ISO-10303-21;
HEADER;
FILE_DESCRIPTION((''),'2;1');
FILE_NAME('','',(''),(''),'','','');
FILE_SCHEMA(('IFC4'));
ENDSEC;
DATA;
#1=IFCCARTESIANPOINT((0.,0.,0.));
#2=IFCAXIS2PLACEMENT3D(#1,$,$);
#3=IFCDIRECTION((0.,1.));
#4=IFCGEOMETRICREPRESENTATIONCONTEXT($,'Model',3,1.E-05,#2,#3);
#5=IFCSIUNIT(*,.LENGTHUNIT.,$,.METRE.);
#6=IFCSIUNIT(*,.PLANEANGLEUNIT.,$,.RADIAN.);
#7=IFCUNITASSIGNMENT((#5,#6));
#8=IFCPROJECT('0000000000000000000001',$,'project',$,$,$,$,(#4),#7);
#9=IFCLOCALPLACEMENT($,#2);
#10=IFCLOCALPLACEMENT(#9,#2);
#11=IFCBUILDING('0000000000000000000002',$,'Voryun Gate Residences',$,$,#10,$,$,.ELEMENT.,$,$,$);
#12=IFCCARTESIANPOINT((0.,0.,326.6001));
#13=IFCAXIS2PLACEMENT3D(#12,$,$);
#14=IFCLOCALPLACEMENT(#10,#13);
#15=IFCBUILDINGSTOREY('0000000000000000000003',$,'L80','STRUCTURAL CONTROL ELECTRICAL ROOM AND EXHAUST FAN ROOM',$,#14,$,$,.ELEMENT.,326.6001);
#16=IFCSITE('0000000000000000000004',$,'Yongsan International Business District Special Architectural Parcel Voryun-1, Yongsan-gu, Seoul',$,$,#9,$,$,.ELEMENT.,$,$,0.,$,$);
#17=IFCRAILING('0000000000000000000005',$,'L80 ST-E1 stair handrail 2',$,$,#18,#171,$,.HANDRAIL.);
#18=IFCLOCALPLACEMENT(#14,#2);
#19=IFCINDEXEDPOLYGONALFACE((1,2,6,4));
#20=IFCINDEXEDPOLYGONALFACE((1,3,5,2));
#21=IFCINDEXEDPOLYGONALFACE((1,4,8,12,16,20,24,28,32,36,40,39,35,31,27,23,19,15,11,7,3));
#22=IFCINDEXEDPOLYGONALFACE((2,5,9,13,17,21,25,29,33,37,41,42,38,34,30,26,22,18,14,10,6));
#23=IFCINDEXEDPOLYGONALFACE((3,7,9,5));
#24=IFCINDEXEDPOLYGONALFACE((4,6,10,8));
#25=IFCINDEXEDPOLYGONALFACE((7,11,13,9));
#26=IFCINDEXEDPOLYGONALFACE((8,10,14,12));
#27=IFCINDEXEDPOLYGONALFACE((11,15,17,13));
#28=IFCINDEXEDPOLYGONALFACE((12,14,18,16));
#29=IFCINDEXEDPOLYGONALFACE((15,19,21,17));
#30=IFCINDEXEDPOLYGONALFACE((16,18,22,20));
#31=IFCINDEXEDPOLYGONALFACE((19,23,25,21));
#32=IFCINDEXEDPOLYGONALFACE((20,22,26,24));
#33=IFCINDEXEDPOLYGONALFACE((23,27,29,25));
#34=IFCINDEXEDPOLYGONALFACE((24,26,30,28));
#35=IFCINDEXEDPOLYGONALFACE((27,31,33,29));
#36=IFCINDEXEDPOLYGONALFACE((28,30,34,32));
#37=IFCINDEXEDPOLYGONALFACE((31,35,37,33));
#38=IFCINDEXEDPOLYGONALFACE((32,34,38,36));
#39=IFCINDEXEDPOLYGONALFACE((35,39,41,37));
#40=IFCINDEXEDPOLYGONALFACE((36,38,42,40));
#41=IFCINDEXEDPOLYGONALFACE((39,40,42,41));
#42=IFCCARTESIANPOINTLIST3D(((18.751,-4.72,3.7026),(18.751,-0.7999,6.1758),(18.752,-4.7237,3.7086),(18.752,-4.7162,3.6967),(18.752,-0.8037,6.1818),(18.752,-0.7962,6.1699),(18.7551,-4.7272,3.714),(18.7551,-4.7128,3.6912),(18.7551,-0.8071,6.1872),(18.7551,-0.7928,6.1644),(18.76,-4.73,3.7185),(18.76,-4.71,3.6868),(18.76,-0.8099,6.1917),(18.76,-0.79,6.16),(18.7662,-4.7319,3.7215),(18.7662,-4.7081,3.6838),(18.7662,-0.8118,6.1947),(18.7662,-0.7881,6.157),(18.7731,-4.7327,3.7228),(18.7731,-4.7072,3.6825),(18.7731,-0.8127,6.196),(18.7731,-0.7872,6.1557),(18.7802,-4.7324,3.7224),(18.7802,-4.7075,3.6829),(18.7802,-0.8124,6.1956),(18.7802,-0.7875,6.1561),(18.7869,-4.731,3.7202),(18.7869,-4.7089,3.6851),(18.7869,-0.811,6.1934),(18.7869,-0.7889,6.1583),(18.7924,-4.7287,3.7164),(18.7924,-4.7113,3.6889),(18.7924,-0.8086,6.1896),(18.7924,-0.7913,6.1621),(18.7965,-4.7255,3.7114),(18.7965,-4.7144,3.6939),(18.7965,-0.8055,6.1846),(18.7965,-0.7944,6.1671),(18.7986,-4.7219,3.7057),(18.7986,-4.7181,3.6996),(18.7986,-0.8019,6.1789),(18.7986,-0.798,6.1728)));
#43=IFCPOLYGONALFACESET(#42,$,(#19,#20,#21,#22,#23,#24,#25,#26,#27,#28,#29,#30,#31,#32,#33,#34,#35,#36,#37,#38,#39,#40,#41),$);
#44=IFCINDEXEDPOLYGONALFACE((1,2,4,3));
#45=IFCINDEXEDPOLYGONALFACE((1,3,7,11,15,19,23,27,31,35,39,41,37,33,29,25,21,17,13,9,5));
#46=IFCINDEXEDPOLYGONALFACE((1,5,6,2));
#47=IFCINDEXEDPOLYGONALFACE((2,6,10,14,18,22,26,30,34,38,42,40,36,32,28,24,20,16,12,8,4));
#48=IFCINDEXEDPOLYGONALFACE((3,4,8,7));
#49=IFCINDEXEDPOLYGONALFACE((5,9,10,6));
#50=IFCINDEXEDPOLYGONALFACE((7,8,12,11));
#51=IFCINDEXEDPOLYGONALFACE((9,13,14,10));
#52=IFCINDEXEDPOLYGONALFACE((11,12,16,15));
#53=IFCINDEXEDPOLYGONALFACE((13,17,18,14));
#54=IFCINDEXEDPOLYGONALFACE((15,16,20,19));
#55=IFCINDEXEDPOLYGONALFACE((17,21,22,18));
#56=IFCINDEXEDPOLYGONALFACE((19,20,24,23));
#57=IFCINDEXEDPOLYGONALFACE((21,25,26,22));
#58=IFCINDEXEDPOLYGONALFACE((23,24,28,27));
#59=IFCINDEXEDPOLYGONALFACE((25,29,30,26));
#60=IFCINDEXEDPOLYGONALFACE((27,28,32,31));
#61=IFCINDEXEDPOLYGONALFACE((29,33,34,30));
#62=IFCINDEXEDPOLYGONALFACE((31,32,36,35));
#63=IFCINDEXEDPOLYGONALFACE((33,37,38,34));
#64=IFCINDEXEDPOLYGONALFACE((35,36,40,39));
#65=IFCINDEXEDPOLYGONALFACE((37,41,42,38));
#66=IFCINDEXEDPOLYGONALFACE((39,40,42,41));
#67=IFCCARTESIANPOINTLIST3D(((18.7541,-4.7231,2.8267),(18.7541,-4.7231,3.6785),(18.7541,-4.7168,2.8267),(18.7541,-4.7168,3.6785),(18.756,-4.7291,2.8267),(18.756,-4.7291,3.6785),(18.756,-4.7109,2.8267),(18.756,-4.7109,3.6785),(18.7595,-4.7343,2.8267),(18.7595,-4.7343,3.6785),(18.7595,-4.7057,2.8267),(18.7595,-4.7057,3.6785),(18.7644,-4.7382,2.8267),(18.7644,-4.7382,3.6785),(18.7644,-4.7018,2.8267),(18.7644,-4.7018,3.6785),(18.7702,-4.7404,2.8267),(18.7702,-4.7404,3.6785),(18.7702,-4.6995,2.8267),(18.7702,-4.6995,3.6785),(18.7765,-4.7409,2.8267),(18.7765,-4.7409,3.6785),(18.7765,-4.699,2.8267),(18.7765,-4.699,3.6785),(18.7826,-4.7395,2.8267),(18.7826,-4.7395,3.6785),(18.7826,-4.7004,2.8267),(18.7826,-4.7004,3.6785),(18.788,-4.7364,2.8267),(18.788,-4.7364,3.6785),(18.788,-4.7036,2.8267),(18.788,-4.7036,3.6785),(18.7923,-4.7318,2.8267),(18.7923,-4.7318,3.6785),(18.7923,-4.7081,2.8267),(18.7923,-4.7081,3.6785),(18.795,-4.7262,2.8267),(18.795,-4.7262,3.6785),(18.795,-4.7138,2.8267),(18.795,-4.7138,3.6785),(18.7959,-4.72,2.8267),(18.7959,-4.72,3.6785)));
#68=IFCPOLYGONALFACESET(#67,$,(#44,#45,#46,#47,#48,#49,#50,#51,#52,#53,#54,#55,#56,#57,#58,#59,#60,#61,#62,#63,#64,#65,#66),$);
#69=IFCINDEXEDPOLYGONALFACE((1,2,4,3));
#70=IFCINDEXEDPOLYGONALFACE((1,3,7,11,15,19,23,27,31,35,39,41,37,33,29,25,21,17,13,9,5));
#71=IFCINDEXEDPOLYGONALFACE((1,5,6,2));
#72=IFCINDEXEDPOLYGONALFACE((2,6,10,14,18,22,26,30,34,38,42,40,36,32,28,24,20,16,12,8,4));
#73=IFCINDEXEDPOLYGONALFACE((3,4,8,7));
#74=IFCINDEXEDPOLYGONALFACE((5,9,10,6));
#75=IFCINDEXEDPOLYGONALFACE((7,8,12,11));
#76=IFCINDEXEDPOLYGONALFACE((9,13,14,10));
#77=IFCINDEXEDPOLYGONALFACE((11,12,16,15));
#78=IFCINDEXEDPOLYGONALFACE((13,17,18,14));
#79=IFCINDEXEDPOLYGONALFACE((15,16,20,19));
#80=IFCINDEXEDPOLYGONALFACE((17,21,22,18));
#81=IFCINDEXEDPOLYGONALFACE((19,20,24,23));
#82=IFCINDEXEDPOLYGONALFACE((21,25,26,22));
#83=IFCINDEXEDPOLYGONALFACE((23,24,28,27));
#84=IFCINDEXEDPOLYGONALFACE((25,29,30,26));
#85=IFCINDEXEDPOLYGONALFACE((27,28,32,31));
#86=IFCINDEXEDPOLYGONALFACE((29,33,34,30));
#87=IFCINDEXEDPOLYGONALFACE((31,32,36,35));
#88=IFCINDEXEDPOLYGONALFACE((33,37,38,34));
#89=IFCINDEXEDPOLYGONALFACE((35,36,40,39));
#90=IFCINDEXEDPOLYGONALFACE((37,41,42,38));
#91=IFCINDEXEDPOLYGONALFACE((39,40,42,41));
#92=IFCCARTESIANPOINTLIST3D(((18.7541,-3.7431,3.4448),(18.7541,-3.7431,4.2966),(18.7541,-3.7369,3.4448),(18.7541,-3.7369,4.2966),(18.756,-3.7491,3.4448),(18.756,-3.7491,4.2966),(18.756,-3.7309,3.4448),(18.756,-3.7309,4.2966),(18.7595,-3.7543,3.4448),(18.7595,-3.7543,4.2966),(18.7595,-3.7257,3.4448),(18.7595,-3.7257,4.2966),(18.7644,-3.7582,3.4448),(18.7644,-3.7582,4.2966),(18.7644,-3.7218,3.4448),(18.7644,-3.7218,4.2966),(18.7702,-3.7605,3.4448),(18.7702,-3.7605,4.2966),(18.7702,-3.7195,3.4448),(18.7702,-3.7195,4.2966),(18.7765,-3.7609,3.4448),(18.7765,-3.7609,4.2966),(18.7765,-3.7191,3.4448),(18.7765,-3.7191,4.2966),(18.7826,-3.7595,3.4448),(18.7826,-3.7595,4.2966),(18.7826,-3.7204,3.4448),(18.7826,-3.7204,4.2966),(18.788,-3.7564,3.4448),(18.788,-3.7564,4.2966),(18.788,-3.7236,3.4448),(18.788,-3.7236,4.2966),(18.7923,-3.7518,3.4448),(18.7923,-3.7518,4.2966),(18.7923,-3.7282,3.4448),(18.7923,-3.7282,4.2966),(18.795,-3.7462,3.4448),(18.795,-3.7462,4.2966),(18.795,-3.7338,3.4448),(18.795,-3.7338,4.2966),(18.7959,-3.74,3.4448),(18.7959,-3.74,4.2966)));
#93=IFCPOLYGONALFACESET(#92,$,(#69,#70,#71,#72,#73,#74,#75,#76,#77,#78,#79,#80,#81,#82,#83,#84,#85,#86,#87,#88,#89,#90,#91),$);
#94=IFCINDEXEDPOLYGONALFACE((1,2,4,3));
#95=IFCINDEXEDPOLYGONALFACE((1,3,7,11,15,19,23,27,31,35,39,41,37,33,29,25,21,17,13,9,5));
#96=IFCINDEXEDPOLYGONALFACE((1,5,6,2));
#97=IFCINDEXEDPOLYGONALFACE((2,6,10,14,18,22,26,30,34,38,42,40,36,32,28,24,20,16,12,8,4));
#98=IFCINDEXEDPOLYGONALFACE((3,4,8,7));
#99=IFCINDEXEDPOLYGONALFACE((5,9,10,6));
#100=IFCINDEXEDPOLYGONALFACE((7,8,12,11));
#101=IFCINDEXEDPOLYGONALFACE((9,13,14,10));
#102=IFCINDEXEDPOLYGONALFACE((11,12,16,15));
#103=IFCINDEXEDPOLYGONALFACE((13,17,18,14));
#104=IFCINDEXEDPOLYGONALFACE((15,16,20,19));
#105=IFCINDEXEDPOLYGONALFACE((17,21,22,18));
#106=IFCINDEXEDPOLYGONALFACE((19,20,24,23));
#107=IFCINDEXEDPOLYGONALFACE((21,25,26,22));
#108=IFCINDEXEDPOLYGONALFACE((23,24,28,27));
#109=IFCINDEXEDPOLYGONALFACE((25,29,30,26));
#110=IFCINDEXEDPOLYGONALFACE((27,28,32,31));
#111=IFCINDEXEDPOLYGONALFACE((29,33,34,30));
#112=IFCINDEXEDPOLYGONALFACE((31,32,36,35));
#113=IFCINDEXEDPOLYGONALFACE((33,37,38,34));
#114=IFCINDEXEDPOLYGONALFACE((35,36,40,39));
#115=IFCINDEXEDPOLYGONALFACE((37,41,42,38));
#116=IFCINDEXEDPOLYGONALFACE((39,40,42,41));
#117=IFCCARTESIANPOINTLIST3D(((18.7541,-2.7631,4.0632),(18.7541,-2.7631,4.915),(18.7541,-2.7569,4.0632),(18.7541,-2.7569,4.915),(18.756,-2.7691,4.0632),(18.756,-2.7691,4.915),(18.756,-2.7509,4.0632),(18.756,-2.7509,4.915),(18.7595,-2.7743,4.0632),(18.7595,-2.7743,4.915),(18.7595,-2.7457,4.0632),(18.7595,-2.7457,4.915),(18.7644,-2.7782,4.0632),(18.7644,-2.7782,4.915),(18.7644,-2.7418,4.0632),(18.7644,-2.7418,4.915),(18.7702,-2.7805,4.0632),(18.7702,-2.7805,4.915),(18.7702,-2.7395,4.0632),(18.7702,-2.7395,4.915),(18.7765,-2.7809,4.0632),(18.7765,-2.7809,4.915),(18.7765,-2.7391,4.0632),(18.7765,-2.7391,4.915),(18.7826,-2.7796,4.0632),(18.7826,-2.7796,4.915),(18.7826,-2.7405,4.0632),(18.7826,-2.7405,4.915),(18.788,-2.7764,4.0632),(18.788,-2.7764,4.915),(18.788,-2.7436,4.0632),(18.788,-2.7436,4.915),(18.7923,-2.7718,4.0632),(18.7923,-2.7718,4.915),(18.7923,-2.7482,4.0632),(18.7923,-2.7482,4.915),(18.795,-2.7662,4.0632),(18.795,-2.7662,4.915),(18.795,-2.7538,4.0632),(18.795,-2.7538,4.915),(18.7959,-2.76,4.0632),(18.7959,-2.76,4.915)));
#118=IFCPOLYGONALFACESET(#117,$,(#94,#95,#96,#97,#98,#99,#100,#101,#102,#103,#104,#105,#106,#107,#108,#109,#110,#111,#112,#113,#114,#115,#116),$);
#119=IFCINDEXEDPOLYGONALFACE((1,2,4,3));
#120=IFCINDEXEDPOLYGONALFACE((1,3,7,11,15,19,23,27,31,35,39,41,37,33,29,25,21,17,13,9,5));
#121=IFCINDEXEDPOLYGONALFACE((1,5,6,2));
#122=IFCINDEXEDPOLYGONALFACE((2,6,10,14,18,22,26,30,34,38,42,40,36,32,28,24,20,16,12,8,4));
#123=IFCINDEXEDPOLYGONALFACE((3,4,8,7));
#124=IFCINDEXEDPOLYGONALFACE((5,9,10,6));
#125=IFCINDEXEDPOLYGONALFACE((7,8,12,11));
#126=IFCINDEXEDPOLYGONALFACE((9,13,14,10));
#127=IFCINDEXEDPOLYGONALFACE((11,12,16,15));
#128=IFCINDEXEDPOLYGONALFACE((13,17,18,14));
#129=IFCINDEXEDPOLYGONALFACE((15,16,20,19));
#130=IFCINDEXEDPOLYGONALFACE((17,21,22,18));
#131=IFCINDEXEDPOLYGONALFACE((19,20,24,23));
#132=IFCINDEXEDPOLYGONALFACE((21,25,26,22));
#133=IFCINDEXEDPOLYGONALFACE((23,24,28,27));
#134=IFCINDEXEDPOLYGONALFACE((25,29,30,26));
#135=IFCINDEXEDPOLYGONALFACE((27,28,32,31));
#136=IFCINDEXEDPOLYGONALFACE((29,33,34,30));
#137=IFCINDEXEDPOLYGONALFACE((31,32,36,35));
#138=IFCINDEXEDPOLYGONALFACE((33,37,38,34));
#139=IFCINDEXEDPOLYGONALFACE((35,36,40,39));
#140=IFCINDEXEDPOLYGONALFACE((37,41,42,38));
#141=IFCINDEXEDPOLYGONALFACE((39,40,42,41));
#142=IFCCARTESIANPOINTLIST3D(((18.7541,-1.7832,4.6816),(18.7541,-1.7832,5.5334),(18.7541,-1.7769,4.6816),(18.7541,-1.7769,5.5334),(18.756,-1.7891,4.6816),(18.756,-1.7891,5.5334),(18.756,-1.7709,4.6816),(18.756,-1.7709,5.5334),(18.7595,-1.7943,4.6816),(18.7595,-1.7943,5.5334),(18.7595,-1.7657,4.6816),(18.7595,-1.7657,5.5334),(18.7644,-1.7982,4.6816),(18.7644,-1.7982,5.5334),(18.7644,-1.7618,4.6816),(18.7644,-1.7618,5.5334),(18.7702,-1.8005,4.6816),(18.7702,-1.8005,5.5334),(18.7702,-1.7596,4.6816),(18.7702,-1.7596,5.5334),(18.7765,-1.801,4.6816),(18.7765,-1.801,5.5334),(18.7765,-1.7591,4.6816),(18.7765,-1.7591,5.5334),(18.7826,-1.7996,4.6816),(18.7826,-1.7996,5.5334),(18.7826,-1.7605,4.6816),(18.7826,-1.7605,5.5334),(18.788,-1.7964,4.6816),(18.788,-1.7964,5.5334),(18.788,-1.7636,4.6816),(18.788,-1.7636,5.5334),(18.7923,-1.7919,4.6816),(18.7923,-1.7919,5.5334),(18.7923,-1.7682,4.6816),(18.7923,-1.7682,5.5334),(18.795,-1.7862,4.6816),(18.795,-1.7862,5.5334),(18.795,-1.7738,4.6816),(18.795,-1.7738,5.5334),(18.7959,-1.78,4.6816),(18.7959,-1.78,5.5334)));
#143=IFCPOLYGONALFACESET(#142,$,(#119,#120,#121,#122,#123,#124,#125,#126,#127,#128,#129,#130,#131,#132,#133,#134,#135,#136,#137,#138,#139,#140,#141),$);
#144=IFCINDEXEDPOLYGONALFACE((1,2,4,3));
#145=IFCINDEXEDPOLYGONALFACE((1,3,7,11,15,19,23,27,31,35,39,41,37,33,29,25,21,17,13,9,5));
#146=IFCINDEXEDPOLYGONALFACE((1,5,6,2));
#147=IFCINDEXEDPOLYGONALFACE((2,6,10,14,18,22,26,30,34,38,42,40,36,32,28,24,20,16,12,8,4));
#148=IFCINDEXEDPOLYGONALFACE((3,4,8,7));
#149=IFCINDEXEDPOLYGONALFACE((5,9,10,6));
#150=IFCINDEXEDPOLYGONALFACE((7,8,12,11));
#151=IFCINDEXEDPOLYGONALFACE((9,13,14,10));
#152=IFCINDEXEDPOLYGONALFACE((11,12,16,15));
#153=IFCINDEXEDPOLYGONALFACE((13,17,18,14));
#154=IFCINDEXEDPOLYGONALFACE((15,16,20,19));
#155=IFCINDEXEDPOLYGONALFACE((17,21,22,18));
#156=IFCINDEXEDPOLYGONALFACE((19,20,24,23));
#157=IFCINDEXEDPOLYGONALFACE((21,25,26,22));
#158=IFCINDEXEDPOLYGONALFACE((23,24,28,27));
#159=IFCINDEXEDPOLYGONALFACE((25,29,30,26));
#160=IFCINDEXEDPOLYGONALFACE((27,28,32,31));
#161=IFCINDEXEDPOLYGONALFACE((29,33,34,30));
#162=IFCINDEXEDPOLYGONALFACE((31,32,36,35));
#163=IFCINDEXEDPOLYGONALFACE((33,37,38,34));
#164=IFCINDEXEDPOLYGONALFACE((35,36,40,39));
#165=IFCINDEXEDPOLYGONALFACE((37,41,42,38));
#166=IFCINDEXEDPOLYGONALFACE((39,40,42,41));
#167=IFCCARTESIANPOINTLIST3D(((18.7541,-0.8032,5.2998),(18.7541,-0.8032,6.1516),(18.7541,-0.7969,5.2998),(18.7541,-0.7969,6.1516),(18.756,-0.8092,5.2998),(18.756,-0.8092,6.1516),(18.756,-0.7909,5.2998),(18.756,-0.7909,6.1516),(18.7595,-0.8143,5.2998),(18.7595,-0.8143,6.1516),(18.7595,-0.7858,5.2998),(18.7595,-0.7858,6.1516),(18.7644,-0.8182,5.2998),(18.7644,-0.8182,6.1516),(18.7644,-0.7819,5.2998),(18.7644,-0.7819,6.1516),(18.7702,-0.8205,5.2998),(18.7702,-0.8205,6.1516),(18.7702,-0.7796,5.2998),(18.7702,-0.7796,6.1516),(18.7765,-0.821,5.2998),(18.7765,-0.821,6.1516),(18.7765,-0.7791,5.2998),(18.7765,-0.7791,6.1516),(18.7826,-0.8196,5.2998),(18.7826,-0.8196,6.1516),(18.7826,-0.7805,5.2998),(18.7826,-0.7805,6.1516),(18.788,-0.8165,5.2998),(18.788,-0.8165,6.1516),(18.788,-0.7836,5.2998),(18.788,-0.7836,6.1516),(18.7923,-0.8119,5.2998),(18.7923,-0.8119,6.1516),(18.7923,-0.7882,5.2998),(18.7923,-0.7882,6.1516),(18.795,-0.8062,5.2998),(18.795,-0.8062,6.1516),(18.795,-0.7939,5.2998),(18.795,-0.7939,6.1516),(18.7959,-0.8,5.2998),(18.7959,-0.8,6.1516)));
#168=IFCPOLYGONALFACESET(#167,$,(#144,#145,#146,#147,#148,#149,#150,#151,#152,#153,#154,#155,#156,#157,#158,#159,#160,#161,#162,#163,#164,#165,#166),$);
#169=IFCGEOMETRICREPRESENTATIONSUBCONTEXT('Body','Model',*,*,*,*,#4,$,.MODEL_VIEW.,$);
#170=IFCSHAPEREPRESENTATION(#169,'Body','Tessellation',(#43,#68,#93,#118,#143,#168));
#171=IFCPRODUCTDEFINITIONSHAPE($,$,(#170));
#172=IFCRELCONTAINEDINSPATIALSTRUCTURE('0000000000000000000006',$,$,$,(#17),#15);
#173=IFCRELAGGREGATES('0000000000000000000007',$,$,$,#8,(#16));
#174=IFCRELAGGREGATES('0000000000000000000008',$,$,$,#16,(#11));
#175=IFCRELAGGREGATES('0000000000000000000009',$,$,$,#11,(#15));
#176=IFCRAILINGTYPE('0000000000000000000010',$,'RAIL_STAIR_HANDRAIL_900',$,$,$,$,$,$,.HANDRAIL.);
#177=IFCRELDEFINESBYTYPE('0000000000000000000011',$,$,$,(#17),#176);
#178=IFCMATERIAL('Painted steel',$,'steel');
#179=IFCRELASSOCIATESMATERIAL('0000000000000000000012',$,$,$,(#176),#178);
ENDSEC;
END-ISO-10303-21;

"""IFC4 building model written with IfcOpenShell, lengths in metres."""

from ifc_helpers import new_model, si_unit, direction, frame, origin, origin_2d, place, context, subcontext, project, spatial, circle, extrude, material, type_object, element, save


model = new_model("IFC4")

# Units and contexts
model_context = context("Model", 3, precision=1e-05, world=origin(), true_north=direction((0.0, 1.0)))
body_context = subcontext(model_context, "Body", "Model", "MODEL_VIEW")
ifc_project = project(units=[si_unit("LENGTHUNIT", "METRE"), si_unit("PLANEANGLEUNIT", "RADIAN")], contexts=[model_context])

# Site, building, storey
site_placement = place(None, origin())
site = spatial("IfcSite", under=ifc_project, at=site_placement, Name="Yongsan International Business District Special Architectural Parcel Voryun-1, Yongsan-gu, Seoul", CompositionType="ELEMENT", RefElevation=0.0)
building_placement = place(site_placement, origin())
building = spatial("IfcBuilding", under=site, at=building_placement, Name="Voryun Gate Residences", CompositionType="ELEMENT")
storey_placement = place(building_placement, frame((0.0, 0.0, 326.6001)))
storey = spatial("IfcBuildingStorey", under=building, at=storey_placement, Name="L80", Description="STRUCTURAL CONTROL ELECTRICAL ROOM AND EXHAUST FAN ROOM", CompositionType="ELEMENT", Elevation=326.6001)

# Railing
ifc_material_1 = material(Name="Painted steel", Category="steel")
railing_type_1 = type_object("IfcRailingType", Name="RAIL_STAIR_HANDRAIL_900", PredefinedType="HANDRAIL", material=ifc_material_1)
railing_1_placement = place(storey_placement, frame((18.7749, -4.72, 2.8267)))
element("IfcRailing", 1, at=railing_1_placement, inside=storey, type_object=railing_type_1, Name="L80 ST-E1 stair handrail 2", PredefinedType="HANDRAIL", context=body_context, shape_type="SweptSolid", body=[
    extrude(circle(Radius=0.0239, at=origin_2d()), frame((0.0, 0.0, 0.876), z_axis=(0.0, 0.845742, 0.533593), x_axis=(-1.0, 0.0, 0.0)), (0.0, 0.0, 1.0), 4.635),
    extrude(circle(Radius=0.021, at=origin_2d()), origin(), (0.0, 0.0, 1.0), 0.8518),
    extrude(circle(Radius=0.021, at=origin_2d()), frame((0.0, 0.98, 0.6182)), (0.0, 0.0, 1.0), 0.8518),
    extrude(circle(Radius=0.021, at=origin_2d()), frame((0.0, 1.96, 1.2366)), (0.0, 0.0, 1.0), 0.8518),
    extrude(circle(Radius=0.021, at=origin_2d()), frame((0.0, 2.9399, 1.855)), (0.0, 0.0, 1.0), 0.8518),
    extrude(circle(Radius=0.021, at=origin_2d()), frame((0.0, 3.9199, 2.4731)), (0.0, 0.0, 1.0), 0.8518),
])

save(model, "model.ifc")
